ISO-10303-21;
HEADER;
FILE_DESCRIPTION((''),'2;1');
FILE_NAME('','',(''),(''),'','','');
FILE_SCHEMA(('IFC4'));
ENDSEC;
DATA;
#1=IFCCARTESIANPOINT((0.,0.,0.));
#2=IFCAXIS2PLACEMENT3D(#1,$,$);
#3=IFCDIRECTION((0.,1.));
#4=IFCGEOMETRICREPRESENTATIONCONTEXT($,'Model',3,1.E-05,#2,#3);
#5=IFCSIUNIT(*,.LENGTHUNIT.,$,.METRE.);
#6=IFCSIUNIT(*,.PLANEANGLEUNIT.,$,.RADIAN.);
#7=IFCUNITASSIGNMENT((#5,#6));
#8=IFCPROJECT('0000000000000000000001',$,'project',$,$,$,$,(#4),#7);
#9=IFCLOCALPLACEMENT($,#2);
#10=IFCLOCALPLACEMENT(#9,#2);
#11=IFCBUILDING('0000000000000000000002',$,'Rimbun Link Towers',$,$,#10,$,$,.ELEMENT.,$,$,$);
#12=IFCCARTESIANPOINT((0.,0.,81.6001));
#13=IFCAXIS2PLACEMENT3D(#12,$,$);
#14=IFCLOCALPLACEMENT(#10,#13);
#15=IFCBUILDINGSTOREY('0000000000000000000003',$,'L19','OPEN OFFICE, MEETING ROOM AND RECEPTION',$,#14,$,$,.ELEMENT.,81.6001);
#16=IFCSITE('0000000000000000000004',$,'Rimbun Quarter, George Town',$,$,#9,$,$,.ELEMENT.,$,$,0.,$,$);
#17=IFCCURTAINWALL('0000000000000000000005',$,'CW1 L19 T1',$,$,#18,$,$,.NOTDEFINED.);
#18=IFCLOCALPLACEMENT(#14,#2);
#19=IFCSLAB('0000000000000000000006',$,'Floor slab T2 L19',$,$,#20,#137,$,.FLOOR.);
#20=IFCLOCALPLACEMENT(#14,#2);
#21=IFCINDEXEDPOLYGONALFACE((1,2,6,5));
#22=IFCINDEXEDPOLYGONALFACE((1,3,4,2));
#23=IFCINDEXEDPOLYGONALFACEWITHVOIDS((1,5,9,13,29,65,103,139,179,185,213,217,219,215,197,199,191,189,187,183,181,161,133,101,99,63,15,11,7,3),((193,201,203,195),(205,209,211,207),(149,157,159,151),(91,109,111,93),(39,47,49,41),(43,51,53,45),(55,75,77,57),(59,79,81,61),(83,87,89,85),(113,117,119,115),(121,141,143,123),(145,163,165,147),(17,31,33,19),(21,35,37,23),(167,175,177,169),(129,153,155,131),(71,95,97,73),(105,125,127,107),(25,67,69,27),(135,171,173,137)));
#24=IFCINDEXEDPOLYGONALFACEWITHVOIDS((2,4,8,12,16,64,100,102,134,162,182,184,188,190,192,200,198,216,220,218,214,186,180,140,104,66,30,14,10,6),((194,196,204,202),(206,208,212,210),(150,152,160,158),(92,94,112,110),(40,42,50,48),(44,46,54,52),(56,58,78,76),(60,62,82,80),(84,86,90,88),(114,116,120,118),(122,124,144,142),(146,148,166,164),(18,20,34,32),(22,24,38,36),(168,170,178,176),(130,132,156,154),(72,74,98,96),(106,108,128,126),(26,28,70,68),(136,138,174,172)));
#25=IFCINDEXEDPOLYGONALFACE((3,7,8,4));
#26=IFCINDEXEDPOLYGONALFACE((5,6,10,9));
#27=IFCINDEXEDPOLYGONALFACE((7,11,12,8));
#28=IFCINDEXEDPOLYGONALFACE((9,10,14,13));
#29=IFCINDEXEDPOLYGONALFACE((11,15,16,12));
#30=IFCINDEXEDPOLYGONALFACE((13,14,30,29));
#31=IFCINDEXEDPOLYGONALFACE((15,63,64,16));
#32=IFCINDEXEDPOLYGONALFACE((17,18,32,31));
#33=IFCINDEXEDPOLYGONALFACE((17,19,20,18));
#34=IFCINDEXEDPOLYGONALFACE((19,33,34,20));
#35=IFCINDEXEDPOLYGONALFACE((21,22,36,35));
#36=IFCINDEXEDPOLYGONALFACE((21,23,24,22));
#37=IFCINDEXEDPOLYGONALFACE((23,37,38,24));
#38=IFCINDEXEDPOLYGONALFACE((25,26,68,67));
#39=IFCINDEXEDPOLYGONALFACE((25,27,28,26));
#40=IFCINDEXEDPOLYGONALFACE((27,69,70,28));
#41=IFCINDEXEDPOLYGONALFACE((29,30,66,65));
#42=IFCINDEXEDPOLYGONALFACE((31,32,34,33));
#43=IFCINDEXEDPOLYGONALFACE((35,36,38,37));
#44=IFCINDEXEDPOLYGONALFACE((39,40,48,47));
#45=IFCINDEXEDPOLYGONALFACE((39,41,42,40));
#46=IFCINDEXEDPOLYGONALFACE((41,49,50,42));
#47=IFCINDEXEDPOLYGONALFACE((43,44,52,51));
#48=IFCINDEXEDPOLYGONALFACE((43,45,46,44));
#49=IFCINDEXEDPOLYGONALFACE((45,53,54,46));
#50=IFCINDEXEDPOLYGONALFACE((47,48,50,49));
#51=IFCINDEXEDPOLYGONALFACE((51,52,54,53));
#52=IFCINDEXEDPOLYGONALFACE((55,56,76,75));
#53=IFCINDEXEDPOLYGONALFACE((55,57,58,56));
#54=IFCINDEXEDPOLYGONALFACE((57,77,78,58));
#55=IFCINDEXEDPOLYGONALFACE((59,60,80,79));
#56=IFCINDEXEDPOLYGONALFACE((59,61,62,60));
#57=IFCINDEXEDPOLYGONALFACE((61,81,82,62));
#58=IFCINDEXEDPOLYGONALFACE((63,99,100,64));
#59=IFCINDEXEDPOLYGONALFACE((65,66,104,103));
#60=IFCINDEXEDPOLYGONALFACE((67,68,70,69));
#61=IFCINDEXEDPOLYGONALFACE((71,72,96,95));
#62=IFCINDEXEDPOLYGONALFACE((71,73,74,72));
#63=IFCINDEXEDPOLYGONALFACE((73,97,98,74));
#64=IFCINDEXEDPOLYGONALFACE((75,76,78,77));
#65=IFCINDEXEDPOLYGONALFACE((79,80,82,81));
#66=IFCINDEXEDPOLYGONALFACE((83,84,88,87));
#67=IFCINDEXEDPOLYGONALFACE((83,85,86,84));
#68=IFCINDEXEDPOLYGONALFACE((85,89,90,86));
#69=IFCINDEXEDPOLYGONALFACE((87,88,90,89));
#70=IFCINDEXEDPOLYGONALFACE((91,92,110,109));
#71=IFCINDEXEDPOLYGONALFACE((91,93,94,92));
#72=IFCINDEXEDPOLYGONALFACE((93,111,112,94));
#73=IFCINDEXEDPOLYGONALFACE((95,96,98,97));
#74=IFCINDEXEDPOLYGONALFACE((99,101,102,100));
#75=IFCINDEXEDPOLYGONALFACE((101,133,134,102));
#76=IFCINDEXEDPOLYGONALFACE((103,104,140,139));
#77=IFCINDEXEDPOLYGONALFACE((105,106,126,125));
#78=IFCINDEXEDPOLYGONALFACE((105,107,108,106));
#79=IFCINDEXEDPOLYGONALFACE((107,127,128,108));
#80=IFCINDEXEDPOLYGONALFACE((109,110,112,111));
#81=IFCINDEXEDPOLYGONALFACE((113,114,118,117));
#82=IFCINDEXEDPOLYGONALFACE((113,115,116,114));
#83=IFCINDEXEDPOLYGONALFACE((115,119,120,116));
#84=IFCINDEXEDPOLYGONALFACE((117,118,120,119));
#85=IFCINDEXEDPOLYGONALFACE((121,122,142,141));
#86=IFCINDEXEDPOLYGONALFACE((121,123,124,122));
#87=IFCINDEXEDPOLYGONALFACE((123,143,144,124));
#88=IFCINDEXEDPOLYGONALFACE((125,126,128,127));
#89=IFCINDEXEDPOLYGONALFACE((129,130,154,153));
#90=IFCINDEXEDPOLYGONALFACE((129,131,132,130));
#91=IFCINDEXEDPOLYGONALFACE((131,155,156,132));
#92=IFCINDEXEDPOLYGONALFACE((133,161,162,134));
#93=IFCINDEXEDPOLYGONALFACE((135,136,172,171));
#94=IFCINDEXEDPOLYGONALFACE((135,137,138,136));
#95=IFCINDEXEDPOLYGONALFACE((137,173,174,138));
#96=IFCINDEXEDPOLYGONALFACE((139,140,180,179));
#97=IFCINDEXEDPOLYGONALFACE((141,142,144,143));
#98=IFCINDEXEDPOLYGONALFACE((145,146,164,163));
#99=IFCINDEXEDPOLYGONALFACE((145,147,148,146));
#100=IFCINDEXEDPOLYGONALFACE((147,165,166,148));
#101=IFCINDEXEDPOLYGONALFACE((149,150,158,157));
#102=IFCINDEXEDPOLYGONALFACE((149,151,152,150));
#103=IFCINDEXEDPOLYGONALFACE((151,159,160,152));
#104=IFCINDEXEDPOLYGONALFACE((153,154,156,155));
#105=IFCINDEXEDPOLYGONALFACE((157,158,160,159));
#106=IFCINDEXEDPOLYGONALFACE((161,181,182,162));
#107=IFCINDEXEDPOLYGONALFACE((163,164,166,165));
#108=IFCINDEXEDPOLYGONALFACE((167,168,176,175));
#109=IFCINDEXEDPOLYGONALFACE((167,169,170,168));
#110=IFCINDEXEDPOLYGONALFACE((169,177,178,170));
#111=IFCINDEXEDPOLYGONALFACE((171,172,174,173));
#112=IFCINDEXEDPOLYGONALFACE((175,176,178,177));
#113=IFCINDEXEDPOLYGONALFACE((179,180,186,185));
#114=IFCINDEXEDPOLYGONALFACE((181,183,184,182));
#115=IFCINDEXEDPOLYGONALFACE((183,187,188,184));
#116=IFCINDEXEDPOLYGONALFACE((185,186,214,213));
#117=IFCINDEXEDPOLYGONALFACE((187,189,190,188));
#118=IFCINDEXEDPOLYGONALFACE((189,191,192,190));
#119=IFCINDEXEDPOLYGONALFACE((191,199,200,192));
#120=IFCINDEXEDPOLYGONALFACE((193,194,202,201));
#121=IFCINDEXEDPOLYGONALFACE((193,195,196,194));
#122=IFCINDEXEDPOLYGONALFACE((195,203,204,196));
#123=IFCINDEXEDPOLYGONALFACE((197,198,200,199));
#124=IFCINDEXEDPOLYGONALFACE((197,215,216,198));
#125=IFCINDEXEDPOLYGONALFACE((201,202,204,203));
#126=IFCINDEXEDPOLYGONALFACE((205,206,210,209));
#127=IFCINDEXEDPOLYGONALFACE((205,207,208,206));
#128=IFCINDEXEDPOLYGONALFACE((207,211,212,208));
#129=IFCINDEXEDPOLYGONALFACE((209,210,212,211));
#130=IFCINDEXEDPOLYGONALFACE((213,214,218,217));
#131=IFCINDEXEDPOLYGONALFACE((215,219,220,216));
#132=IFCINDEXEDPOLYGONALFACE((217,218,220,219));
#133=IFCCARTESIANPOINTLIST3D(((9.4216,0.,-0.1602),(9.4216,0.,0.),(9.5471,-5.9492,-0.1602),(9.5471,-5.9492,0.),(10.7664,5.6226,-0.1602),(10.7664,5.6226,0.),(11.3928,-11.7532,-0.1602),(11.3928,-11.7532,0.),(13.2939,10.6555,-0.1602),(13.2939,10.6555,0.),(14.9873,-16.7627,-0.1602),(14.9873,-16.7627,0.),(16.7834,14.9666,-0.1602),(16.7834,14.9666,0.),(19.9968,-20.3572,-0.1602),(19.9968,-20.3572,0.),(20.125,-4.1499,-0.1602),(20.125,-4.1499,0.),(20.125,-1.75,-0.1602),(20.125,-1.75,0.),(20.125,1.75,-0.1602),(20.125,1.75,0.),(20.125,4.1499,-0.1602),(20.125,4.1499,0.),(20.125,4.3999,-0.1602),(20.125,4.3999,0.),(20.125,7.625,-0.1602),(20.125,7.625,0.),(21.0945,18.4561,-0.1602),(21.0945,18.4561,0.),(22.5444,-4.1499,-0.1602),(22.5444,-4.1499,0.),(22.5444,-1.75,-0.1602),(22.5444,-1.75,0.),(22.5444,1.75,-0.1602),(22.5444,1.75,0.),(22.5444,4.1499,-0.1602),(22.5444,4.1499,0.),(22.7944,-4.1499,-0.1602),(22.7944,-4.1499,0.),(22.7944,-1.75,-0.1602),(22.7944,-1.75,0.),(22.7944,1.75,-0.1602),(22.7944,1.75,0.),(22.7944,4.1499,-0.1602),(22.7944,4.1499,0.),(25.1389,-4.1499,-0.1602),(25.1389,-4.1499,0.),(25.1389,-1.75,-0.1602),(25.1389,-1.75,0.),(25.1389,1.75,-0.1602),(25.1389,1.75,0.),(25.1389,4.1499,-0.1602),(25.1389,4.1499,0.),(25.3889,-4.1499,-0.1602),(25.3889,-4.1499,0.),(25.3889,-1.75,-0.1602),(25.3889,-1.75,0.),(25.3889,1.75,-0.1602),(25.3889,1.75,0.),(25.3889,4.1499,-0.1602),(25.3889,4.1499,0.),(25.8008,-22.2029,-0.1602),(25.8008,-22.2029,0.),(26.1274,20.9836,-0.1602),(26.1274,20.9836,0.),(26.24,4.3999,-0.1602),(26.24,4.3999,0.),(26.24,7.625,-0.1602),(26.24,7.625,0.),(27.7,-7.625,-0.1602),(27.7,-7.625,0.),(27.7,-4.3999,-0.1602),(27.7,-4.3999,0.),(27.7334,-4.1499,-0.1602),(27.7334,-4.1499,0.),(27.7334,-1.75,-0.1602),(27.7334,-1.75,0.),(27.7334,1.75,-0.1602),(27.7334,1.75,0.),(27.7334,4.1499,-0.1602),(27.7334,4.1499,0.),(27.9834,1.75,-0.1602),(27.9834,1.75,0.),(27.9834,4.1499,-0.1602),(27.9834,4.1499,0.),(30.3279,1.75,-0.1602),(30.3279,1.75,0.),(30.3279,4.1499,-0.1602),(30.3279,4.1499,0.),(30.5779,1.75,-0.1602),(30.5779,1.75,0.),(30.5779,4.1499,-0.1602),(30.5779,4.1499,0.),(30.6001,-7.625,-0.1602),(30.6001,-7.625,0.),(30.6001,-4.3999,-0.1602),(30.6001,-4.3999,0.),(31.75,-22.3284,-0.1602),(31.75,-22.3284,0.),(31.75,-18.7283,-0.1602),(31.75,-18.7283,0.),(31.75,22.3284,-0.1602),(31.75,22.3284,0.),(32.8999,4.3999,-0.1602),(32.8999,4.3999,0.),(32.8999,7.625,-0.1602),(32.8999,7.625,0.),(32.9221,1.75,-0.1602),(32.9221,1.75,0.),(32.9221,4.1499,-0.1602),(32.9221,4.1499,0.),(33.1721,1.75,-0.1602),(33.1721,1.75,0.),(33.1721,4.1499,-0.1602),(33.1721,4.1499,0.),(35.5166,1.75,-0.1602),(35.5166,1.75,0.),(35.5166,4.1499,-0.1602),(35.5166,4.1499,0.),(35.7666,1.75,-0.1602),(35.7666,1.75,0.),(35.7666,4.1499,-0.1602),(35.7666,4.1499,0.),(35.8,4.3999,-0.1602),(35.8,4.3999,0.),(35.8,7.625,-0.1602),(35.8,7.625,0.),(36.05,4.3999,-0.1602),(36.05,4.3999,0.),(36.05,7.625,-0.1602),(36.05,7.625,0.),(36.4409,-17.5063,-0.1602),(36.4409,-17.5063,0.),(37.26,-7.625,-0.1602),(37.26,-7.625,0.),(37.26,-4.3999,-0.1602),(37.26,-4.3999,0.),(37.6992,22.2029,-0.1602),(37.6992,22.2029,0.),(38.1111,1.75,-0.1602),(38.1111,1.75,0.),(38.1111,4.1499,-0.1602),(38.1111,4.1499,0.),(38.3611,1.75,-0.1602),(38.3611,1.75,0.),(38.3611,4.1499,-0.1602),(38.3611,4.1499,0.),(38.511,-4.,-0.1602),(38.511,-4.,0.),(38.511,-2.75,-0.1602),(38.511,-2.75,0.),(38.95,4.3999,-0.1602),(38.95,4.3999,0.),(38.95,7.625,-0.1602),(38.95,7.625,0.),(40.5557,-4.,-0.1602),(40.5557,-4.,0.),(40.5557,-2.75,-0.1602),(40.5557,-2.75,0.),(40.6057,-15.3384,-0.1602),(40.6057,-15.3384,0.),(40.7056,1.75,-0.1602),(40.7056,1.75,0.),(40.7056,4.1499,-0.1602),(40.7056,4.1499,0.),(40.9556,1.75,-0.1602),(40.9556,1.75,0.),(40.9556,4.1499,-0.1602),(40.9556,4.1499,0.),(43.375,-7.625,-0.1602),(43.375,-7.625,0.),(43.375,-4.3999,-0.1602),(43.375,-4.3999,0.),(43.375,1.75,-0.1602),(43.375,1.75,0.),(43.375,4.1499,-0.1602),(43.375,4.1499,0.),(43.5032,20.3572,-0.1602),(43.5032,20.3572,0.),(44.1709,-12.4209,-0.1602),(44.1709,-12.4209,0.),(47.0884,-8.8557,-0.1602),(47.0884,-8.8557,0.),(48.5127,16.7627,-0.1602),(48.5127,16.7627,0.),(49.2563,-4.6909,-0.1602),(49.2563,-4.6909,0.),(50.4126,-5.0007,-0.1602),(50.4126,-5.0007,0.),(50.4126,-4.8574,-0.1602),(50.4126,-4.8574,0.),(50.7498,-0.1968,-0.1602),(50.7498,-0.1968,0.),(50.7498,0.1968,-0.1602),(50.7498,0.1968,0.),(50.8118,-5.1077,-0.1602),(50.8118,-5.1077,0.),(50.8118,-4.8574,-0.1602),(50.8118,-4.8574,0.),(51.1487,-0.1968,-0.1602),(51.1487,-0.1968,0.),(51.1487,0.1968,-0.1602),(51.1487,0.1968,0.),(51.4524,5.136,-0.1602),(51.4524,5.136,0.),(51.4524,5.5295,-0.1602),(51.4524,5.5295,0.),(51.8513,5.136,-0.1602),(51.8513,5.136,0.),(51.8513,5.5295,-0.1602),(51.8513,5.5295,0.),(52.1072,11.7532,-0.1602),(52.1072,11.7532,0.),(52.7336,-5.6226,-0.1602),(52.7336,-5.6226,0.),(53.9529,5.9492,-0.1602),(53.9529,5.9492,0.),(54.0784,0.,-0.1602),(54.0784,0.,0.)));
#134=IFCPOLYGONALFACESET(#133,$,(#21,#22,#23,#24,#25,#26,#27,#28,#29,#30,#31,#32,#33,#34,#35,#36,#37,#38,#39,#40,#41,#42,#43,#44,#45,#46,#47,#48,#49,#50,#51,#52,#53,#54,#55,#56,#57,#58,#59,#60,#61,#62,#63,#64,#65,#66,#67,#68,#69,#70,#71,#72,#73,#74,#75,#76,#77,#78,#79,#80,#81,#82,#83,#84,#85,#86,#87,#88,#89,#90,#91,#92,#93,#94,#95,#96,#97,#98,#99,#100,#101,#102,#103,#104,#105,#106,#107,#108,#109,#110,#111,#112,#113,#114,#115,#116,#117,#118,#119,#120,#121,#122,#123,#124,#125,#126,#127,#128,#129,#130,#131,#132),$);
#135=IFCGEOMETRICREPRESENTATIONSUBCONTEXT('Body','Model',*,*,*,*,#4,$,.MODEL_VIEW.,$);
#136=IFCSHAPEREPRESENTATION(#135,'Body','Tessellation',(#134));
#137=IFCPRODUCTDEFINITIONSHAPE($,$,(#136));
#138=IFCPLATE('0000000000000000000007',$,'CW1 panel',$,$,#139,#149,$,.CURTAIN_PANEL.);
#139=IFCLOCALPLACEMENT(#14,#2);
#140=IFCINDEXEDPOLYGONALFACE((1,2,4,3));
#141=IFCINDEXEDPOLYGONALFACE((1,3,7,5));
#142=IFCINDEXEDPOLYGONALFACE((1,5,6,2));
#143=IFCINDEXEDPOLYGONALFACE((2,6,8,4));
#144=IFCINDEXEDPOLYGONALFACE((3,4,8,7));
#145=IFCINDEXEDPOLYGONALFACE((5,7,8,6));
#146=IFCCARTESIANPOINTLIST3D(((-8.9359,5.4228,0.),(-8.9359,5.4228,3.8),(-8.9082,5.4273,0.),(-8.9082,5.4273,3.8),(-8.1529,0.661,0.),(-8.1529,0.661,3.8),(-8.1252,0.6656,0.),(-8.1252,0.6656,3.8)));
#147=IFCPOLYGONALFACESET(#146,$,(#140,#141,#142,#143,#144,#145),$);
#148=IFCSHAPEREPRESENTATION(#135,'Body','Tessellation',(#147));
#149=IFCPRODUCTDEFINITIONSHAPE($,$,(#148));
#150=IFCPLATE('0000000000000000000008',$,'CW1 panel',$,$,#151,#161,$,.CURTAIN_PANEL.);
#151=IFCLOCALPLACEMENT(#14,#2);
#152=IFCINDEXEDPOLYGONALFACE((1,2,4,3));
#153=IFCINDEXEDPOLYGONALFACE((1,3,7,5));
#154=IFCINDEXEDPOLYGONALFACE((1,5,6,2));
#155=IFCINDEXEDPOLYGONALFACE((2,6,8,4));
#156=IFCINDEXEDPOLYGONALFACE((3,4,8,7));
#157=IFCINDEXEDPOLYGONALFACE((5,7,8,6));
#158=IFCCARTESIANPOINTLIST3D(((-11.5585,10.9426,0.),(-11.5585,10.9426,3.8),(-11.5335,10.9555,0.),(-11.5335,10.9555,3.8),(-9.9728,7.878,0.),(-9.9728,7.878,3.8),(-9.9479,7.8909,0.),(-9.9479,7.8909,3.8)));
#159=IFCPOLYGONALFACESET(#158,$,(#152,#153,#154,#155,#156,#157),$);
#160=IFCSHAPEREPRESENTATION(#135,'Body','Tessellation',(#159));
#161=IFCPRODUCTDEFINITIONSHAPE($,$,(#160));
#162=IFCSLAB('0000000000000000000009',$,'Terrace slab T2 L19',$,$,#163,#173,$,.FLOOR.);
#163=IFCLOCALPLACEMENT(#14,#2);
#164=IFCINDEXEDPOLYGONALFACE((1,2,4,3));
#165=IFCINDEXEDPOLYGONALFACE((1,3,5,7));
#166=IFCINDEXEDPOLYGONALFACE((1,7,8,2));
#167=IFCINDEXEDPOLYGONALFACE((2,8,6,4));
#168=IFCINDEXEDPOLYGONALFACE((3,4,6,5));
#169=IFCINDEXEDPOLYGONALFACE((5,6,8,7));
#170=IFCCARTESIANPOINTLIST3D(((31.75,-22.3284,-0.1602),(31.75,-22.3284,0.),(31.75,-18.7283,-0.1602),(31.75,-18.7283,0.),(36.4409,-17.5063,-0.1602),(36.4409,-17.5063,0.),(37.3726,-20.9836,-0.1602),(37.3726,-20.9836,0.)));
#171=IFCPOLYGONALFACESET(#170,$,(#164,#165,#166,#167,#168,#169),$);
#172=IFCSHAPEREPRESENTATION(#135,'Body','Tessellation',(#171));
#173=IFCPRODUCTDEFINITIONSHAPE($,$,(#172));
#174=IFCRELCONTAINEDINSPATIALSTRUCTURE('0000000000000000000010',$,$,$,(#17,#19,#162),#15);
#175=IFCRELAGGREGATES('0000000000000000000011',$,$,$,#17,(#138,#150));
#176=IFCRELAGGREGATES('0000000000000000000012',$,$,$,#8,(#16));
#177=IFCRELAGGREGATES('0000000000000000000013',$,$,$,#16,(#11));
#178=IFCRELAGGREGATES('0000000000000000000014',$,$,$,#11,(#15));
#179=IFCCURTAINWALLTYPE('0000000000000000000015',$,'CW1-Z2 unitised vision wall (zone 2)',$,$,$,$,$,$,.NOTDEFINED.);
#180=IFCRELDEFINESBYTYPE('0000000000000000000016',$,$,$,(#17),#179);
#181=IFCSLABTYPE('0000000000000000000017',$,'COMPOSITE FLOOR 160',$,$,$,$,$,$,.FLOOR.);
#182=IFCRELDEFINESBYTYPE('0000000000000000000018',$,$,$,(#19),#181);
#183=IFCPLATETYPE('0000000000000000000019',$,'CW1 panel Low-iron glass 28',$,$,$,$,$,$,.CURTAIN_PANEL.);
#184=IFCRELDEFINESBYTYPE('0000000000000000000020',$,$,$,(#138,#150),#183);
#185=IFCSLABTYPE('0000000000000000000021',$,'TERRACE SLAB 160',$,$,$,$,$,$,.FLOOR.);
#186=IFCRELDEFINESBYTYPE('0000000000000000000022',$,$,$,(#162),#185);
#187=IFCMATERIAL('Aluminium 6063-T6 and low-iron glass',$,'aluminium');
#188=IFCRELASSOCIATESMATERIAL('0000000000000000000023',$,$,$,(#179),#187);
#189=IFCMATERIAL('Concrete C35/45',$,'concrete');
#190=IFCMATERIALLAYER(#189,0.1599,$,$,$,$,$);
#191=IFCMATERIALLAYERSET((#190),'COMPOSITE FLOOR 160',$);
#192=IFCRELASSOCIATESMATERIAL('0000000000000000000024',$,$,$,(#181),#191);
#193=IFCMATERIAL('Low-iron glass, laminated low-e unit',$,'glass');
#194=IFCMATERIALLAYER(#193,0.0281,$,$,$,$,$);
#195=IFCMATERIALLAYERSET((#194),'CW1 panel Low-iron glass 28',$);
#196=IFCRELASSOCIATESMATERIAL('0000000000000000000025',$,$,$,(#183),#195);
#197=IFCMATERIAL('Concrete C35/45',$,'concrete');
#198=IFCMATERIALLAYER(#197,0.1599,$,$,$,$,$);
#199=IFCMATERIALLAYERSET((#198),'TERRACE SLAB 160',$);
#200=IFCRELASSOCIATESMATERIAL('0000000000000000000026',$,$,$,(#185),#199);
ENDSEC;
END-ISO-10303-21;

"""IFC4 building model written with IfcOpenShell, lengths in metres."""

from ifc_helpers import new_model, si_unit, direction, frame, origin, origin_2d, place, context, subcontext, project, spatial, polyline, rectangle, outline, extrude, material, layer, layer_set, type_object, element, aggregate, save


model = new_model("IFC4")

# Units and contexts
model_context = context("Model", 3, precision=1e-05, world=origin(), true_north=direction((0.0, 1.0)))
body_context = subcontext(model_context, "Body", "Model", "MODEL_VIEW")
ifc_project = project(units=[si_unit("LENGTHUNIT", "METRE"), si_unit("PLANEANGLEUNIT", "RADIAN")], contexts=[model_context])

# Site, building, storey
site_placement = place(None, origin())
site = spatial("IfcSite", under=ifc_project, at=site_placement, Name="Rimbun Quarter, George Town", CompositionType="ELEMENT", RefElevation=0.0)
building_placement = place(site_placement, origin())
building = spatial("IfcBuilding", under=site, at=building_placement, Name="Rimbun Link Towers", CompositionType="ELEMENT")
storey_placement = place(building_placement, frame((0.0, 0.0, 81.6001)))
storey = spatial("IfcBuildingStorey", under=building, at=storey_placement, Name="L19", Description="OPEN OFFICE, MEETING ROOM AND RECEPTION", CompositionType="ELEMENT", Elevation=81.6001)

# Curtain wall
ifc_material_1 = material(Name="Aluminium 6063-T6 and low-iron glass", Category="aluminium")
curtain_wall_type = type_object("IfcCurtainWallType", Name="CW1-Z2 unitised vision wall (zone 2)", PredefinedType="NOTDEFINED", material=ifc_material_1)
curtain_wall_placement = place(storey_placement, origin())
curtain_wall = element("IfcCurtainWall", 1, at=curtain_wall_placement, inside=storey, type_object=curtain_wall_type, Name="CW1 L19 T1", PredefinedType="NOTDEFINED")

# Slab
ifc_material_2 = material(Name="Concrete C35/45", Category="concrete")
ifc_layer_1 = layer(ifc_material_2, 0.1599)
ifc_layer_set_1 = layer_set([ifc_layer_1], Name="COMPOSITE FLOOR 160")
slab_type_1 = type_object("IfcSlabType", Name="COMPOSITE FLOOR 160", PredefinedType="FLOOR", material=ifc_layer_set_1)
slab_1_placement = place(storey_placement, frame((0.0, 0.0, -0.1602)))
element("IfcSlab", 2, at=slab_1_placement, inside=storey, type_object=slab_type_1, Name="Floor slab T2 L19", PredefinedType="FLOOR", context=body_context, shape_type="SweptSolid", body=[
    extrude(outline(polyline([(49.2563, -4.6909), (47.0884, -8.8557), (44.1709, -12.4209), (40.6057, -15.3384), (36.4409, -17.5063), (31.75, -18.7283), (31.75, -22.3284), (25.8008, -22.2029), (19.9968, -20.3572), (14.9873, -16.7627), (11.3928, -11.7532), (9.5471, -5.9492), (9.4216, 0.0), (10.7664, 5.6226), (13.2939, 10.6555), (16.7834, 14.9666), (21.0945, 18.4561), (26.1274, 20.9836), (31.75, 22.3284), (37.6992, 22.2029), (43.5032, 20.3572), (48.5127, 16.7627), (52.1072, 11.7532), (53.9529, 5.9492), (54.0784, 0.0), (52.7336, -5.6226), (50.8118, -5.1077), (50.8118, -4.8574), (50.4126, -4.8574), (50.4126, -5.0007), (49.2563, -4.6909)]), holes=[polyline([(30.6001, -7.625), (30.6001, -4.3999), (27.7, -4.3999), (27.7, -7.625), (30.6001, -7.625)]), polyline([(22.5444, -4.1499), (22.5444, -1.75), (20.125, -1.75), (20.125, -4.1499), (22.5444, -4.1499)]), polyline([(25.1389, -4.1499), (25.1389, -1.75), (22.7944, -1.75), (22.7944, -4.1499), (25.1389, -4.1499)]), polyline([(25.3889, -4.1499), (27.7334, -4.1499), (27.7334, -1.75), (25.3889, -1.75), (25.3889, -4.1499)]), polyline([(20.125, 1.75), (22.5444, 1.75), (22.5444, 4.1499), (20.125, 4.1499), (20.125, 1.75)]), polyline([(25.1389, 1.75), (25.1389, 4.1499), (22.7944, 4.1499), (22.7944, 1.75), (25.1389, 1.75)]), polyline([(27.7334, 1.75), (27.7334, 4.1499), (25.3889, 4.1499), (25.3889, 1.75), (27.7334, 1.75)]), polyline([(30.3279, 1.75), (30.3279, 4.1499), (27.9834, 4.1499), (27.9834, 1.75), (30.3279, 1.75)]), polyline([(30.5779, 1.75), (32.9221, 1.75), (32.9221, 4.1499), (30.5779, 4.1499), (30.5779, 1.75)]), polyline([(33.1721, 1.75), (35.5166, 1.75), (35.5166, 4.1499), (33.1721, 4.1499), (33.1721, 1.75)]), polyline([(26.24, 4.3999), (26.24, 7.625), (20.125, 7.625), (20.125, 4.3999), (26.24, 4.3999)]), polyline([(43.375, -7.625), (43.375, -4.3999), (37.26, -4.3999), (37.26, -7.625), (43.375, -7.625)]), polyline([(38.511, -2.75), (38.511, -4.0), (40.5557, -4.0), (40.5557, -2.75), (38.511, -2.75)]), polyline([(50.7498, -0.1968), (51.1487, -0.1968), (51.1487, 0.1968), (50.7498, 0.1968), (50.7498, -0.1968)]), polyline([(38.1111, 1.75), (38.1111, 4.1499), (35.7666, 4.1499), (35.7666, 1.75), (38.1111, 1.75)]), polyline([(38.3611, 1.75), (40.7056, 1.75), (40.7056, 4.1499), (38.3611, 4.1499), (38.3611, 1.75)]), polyline([(40.9556, 1.75), (43.375, 1.75), (43.375, 4.1499), (40.9556, 4.1499), (40.9556, 1.75)]), polyline([(51.8513, 5.136), (51.8513, 5.5295), (51.4524, 5.5295), (51.4524, 5.136), (51.8513, 5.136)]), polyline([(32.8999, 4.3999), (35.8, 4.3999), (35.8, 7.625), (32.8999, 7.625), (32.8999, 4.3999)]), polyline([(36.05, 4.3999), (38.95, 4.3999), (38.95, 7.625), (36.05, 7.625), (36.05, 4.3999)])]), origin(), (0.0, 0.0, 1.0), 0.1602),
])

# Plates
ifc_material_3 = material(Name="Low-iron glass, laminated low-e unit", Category="glass")
ifc_layer_2 = layer(ifc_material_3, 0.0281)
ifc_layer_set_2 = layer_set([ifc_layer_2], Name="CW1 panel Low-iron glass 28")
plate_type = type_object("IfcPlateType", Name="CW1 panel Low-iron glass 28", PredefinedType="CURTAIN_PANEL", material=ifc_layer_set_2)
plate_1_placement = place(storey_placement, frame((-8.5305, 3.0442, 0.0), z_axis=(0.0, 0.0, 1.0), x_axis=(0.162255, -0.986749, 0.0)))
plate_1 = element("IfcPlate", 3, at=plate_1_placement, type_object=plate_type, Name="CW1 panel", PredefinedType="CURTAIN_PANEL", context=body_context, shape_type="SweptSolid", body=[
    extrude(rectangle(XDim=4.8257, YDim=0.0281, at=origin_2d()), origin(), (0.0, 0.0, 1.0), 3.8),
])
plate_2_placement = place(storey_placement, frame((-10.7532, 9.4167, 0.0), z_axis=(0.0, 0.0, 1.0), x_axis=(0.459544, -0.888155, 0.0)))
plate_2 = element("IfcPlate", 4, at=plate_2_placement, type_object=plate_type, Name="CW1 panel", PredefinedType="CURTAIN_PANEL", context=body_context, shape_type="SweptSolid", body=[
    extrude(rectangle(XDim=3.4504, YDim=0.0281, at=origin_2d()), origin(), (0.0, 0.0, 1.0), 3.8),
])
aggregate(curtain_wall, [plate_1, plate_2])

# Slab
ifc_material_4 = material(Name="Concrete C35/45", Category="concrete")
ifc_layer_3 = layer(ifc_material_4, 0.1599)
ifc_layer_set_3 = layer_set([ifc_layer_3], Name="TERRACE SLAB 160")
slab_type_2 = type_object("IfcSlabType", Name="TERRACE SLAB 160", PredefinedType="FLOOR", material=ifc_layer_set_3)
slab_2_placement = place(storey_placement, frame((0.0, 0.0, -0.1602)))
element("IfcSlab", 5, at=slab_2_placement, inside=storey, type_object=slab_type_2, Name="Terrace slab T2 L19", PredefinedType="FLOOR", context=body_context, shape_type="SweptSolid", body=[
    extrude(outline(polyline([(31.75, -18.7283), (36.4409, -17.5063), (37.3726, -20.9836), (31.75, -22.3284), (31.75, -18.7283)])), origin(), (0.0, 0.0, 1.0), 0.1602),
])

save(model, "model.ifc")
